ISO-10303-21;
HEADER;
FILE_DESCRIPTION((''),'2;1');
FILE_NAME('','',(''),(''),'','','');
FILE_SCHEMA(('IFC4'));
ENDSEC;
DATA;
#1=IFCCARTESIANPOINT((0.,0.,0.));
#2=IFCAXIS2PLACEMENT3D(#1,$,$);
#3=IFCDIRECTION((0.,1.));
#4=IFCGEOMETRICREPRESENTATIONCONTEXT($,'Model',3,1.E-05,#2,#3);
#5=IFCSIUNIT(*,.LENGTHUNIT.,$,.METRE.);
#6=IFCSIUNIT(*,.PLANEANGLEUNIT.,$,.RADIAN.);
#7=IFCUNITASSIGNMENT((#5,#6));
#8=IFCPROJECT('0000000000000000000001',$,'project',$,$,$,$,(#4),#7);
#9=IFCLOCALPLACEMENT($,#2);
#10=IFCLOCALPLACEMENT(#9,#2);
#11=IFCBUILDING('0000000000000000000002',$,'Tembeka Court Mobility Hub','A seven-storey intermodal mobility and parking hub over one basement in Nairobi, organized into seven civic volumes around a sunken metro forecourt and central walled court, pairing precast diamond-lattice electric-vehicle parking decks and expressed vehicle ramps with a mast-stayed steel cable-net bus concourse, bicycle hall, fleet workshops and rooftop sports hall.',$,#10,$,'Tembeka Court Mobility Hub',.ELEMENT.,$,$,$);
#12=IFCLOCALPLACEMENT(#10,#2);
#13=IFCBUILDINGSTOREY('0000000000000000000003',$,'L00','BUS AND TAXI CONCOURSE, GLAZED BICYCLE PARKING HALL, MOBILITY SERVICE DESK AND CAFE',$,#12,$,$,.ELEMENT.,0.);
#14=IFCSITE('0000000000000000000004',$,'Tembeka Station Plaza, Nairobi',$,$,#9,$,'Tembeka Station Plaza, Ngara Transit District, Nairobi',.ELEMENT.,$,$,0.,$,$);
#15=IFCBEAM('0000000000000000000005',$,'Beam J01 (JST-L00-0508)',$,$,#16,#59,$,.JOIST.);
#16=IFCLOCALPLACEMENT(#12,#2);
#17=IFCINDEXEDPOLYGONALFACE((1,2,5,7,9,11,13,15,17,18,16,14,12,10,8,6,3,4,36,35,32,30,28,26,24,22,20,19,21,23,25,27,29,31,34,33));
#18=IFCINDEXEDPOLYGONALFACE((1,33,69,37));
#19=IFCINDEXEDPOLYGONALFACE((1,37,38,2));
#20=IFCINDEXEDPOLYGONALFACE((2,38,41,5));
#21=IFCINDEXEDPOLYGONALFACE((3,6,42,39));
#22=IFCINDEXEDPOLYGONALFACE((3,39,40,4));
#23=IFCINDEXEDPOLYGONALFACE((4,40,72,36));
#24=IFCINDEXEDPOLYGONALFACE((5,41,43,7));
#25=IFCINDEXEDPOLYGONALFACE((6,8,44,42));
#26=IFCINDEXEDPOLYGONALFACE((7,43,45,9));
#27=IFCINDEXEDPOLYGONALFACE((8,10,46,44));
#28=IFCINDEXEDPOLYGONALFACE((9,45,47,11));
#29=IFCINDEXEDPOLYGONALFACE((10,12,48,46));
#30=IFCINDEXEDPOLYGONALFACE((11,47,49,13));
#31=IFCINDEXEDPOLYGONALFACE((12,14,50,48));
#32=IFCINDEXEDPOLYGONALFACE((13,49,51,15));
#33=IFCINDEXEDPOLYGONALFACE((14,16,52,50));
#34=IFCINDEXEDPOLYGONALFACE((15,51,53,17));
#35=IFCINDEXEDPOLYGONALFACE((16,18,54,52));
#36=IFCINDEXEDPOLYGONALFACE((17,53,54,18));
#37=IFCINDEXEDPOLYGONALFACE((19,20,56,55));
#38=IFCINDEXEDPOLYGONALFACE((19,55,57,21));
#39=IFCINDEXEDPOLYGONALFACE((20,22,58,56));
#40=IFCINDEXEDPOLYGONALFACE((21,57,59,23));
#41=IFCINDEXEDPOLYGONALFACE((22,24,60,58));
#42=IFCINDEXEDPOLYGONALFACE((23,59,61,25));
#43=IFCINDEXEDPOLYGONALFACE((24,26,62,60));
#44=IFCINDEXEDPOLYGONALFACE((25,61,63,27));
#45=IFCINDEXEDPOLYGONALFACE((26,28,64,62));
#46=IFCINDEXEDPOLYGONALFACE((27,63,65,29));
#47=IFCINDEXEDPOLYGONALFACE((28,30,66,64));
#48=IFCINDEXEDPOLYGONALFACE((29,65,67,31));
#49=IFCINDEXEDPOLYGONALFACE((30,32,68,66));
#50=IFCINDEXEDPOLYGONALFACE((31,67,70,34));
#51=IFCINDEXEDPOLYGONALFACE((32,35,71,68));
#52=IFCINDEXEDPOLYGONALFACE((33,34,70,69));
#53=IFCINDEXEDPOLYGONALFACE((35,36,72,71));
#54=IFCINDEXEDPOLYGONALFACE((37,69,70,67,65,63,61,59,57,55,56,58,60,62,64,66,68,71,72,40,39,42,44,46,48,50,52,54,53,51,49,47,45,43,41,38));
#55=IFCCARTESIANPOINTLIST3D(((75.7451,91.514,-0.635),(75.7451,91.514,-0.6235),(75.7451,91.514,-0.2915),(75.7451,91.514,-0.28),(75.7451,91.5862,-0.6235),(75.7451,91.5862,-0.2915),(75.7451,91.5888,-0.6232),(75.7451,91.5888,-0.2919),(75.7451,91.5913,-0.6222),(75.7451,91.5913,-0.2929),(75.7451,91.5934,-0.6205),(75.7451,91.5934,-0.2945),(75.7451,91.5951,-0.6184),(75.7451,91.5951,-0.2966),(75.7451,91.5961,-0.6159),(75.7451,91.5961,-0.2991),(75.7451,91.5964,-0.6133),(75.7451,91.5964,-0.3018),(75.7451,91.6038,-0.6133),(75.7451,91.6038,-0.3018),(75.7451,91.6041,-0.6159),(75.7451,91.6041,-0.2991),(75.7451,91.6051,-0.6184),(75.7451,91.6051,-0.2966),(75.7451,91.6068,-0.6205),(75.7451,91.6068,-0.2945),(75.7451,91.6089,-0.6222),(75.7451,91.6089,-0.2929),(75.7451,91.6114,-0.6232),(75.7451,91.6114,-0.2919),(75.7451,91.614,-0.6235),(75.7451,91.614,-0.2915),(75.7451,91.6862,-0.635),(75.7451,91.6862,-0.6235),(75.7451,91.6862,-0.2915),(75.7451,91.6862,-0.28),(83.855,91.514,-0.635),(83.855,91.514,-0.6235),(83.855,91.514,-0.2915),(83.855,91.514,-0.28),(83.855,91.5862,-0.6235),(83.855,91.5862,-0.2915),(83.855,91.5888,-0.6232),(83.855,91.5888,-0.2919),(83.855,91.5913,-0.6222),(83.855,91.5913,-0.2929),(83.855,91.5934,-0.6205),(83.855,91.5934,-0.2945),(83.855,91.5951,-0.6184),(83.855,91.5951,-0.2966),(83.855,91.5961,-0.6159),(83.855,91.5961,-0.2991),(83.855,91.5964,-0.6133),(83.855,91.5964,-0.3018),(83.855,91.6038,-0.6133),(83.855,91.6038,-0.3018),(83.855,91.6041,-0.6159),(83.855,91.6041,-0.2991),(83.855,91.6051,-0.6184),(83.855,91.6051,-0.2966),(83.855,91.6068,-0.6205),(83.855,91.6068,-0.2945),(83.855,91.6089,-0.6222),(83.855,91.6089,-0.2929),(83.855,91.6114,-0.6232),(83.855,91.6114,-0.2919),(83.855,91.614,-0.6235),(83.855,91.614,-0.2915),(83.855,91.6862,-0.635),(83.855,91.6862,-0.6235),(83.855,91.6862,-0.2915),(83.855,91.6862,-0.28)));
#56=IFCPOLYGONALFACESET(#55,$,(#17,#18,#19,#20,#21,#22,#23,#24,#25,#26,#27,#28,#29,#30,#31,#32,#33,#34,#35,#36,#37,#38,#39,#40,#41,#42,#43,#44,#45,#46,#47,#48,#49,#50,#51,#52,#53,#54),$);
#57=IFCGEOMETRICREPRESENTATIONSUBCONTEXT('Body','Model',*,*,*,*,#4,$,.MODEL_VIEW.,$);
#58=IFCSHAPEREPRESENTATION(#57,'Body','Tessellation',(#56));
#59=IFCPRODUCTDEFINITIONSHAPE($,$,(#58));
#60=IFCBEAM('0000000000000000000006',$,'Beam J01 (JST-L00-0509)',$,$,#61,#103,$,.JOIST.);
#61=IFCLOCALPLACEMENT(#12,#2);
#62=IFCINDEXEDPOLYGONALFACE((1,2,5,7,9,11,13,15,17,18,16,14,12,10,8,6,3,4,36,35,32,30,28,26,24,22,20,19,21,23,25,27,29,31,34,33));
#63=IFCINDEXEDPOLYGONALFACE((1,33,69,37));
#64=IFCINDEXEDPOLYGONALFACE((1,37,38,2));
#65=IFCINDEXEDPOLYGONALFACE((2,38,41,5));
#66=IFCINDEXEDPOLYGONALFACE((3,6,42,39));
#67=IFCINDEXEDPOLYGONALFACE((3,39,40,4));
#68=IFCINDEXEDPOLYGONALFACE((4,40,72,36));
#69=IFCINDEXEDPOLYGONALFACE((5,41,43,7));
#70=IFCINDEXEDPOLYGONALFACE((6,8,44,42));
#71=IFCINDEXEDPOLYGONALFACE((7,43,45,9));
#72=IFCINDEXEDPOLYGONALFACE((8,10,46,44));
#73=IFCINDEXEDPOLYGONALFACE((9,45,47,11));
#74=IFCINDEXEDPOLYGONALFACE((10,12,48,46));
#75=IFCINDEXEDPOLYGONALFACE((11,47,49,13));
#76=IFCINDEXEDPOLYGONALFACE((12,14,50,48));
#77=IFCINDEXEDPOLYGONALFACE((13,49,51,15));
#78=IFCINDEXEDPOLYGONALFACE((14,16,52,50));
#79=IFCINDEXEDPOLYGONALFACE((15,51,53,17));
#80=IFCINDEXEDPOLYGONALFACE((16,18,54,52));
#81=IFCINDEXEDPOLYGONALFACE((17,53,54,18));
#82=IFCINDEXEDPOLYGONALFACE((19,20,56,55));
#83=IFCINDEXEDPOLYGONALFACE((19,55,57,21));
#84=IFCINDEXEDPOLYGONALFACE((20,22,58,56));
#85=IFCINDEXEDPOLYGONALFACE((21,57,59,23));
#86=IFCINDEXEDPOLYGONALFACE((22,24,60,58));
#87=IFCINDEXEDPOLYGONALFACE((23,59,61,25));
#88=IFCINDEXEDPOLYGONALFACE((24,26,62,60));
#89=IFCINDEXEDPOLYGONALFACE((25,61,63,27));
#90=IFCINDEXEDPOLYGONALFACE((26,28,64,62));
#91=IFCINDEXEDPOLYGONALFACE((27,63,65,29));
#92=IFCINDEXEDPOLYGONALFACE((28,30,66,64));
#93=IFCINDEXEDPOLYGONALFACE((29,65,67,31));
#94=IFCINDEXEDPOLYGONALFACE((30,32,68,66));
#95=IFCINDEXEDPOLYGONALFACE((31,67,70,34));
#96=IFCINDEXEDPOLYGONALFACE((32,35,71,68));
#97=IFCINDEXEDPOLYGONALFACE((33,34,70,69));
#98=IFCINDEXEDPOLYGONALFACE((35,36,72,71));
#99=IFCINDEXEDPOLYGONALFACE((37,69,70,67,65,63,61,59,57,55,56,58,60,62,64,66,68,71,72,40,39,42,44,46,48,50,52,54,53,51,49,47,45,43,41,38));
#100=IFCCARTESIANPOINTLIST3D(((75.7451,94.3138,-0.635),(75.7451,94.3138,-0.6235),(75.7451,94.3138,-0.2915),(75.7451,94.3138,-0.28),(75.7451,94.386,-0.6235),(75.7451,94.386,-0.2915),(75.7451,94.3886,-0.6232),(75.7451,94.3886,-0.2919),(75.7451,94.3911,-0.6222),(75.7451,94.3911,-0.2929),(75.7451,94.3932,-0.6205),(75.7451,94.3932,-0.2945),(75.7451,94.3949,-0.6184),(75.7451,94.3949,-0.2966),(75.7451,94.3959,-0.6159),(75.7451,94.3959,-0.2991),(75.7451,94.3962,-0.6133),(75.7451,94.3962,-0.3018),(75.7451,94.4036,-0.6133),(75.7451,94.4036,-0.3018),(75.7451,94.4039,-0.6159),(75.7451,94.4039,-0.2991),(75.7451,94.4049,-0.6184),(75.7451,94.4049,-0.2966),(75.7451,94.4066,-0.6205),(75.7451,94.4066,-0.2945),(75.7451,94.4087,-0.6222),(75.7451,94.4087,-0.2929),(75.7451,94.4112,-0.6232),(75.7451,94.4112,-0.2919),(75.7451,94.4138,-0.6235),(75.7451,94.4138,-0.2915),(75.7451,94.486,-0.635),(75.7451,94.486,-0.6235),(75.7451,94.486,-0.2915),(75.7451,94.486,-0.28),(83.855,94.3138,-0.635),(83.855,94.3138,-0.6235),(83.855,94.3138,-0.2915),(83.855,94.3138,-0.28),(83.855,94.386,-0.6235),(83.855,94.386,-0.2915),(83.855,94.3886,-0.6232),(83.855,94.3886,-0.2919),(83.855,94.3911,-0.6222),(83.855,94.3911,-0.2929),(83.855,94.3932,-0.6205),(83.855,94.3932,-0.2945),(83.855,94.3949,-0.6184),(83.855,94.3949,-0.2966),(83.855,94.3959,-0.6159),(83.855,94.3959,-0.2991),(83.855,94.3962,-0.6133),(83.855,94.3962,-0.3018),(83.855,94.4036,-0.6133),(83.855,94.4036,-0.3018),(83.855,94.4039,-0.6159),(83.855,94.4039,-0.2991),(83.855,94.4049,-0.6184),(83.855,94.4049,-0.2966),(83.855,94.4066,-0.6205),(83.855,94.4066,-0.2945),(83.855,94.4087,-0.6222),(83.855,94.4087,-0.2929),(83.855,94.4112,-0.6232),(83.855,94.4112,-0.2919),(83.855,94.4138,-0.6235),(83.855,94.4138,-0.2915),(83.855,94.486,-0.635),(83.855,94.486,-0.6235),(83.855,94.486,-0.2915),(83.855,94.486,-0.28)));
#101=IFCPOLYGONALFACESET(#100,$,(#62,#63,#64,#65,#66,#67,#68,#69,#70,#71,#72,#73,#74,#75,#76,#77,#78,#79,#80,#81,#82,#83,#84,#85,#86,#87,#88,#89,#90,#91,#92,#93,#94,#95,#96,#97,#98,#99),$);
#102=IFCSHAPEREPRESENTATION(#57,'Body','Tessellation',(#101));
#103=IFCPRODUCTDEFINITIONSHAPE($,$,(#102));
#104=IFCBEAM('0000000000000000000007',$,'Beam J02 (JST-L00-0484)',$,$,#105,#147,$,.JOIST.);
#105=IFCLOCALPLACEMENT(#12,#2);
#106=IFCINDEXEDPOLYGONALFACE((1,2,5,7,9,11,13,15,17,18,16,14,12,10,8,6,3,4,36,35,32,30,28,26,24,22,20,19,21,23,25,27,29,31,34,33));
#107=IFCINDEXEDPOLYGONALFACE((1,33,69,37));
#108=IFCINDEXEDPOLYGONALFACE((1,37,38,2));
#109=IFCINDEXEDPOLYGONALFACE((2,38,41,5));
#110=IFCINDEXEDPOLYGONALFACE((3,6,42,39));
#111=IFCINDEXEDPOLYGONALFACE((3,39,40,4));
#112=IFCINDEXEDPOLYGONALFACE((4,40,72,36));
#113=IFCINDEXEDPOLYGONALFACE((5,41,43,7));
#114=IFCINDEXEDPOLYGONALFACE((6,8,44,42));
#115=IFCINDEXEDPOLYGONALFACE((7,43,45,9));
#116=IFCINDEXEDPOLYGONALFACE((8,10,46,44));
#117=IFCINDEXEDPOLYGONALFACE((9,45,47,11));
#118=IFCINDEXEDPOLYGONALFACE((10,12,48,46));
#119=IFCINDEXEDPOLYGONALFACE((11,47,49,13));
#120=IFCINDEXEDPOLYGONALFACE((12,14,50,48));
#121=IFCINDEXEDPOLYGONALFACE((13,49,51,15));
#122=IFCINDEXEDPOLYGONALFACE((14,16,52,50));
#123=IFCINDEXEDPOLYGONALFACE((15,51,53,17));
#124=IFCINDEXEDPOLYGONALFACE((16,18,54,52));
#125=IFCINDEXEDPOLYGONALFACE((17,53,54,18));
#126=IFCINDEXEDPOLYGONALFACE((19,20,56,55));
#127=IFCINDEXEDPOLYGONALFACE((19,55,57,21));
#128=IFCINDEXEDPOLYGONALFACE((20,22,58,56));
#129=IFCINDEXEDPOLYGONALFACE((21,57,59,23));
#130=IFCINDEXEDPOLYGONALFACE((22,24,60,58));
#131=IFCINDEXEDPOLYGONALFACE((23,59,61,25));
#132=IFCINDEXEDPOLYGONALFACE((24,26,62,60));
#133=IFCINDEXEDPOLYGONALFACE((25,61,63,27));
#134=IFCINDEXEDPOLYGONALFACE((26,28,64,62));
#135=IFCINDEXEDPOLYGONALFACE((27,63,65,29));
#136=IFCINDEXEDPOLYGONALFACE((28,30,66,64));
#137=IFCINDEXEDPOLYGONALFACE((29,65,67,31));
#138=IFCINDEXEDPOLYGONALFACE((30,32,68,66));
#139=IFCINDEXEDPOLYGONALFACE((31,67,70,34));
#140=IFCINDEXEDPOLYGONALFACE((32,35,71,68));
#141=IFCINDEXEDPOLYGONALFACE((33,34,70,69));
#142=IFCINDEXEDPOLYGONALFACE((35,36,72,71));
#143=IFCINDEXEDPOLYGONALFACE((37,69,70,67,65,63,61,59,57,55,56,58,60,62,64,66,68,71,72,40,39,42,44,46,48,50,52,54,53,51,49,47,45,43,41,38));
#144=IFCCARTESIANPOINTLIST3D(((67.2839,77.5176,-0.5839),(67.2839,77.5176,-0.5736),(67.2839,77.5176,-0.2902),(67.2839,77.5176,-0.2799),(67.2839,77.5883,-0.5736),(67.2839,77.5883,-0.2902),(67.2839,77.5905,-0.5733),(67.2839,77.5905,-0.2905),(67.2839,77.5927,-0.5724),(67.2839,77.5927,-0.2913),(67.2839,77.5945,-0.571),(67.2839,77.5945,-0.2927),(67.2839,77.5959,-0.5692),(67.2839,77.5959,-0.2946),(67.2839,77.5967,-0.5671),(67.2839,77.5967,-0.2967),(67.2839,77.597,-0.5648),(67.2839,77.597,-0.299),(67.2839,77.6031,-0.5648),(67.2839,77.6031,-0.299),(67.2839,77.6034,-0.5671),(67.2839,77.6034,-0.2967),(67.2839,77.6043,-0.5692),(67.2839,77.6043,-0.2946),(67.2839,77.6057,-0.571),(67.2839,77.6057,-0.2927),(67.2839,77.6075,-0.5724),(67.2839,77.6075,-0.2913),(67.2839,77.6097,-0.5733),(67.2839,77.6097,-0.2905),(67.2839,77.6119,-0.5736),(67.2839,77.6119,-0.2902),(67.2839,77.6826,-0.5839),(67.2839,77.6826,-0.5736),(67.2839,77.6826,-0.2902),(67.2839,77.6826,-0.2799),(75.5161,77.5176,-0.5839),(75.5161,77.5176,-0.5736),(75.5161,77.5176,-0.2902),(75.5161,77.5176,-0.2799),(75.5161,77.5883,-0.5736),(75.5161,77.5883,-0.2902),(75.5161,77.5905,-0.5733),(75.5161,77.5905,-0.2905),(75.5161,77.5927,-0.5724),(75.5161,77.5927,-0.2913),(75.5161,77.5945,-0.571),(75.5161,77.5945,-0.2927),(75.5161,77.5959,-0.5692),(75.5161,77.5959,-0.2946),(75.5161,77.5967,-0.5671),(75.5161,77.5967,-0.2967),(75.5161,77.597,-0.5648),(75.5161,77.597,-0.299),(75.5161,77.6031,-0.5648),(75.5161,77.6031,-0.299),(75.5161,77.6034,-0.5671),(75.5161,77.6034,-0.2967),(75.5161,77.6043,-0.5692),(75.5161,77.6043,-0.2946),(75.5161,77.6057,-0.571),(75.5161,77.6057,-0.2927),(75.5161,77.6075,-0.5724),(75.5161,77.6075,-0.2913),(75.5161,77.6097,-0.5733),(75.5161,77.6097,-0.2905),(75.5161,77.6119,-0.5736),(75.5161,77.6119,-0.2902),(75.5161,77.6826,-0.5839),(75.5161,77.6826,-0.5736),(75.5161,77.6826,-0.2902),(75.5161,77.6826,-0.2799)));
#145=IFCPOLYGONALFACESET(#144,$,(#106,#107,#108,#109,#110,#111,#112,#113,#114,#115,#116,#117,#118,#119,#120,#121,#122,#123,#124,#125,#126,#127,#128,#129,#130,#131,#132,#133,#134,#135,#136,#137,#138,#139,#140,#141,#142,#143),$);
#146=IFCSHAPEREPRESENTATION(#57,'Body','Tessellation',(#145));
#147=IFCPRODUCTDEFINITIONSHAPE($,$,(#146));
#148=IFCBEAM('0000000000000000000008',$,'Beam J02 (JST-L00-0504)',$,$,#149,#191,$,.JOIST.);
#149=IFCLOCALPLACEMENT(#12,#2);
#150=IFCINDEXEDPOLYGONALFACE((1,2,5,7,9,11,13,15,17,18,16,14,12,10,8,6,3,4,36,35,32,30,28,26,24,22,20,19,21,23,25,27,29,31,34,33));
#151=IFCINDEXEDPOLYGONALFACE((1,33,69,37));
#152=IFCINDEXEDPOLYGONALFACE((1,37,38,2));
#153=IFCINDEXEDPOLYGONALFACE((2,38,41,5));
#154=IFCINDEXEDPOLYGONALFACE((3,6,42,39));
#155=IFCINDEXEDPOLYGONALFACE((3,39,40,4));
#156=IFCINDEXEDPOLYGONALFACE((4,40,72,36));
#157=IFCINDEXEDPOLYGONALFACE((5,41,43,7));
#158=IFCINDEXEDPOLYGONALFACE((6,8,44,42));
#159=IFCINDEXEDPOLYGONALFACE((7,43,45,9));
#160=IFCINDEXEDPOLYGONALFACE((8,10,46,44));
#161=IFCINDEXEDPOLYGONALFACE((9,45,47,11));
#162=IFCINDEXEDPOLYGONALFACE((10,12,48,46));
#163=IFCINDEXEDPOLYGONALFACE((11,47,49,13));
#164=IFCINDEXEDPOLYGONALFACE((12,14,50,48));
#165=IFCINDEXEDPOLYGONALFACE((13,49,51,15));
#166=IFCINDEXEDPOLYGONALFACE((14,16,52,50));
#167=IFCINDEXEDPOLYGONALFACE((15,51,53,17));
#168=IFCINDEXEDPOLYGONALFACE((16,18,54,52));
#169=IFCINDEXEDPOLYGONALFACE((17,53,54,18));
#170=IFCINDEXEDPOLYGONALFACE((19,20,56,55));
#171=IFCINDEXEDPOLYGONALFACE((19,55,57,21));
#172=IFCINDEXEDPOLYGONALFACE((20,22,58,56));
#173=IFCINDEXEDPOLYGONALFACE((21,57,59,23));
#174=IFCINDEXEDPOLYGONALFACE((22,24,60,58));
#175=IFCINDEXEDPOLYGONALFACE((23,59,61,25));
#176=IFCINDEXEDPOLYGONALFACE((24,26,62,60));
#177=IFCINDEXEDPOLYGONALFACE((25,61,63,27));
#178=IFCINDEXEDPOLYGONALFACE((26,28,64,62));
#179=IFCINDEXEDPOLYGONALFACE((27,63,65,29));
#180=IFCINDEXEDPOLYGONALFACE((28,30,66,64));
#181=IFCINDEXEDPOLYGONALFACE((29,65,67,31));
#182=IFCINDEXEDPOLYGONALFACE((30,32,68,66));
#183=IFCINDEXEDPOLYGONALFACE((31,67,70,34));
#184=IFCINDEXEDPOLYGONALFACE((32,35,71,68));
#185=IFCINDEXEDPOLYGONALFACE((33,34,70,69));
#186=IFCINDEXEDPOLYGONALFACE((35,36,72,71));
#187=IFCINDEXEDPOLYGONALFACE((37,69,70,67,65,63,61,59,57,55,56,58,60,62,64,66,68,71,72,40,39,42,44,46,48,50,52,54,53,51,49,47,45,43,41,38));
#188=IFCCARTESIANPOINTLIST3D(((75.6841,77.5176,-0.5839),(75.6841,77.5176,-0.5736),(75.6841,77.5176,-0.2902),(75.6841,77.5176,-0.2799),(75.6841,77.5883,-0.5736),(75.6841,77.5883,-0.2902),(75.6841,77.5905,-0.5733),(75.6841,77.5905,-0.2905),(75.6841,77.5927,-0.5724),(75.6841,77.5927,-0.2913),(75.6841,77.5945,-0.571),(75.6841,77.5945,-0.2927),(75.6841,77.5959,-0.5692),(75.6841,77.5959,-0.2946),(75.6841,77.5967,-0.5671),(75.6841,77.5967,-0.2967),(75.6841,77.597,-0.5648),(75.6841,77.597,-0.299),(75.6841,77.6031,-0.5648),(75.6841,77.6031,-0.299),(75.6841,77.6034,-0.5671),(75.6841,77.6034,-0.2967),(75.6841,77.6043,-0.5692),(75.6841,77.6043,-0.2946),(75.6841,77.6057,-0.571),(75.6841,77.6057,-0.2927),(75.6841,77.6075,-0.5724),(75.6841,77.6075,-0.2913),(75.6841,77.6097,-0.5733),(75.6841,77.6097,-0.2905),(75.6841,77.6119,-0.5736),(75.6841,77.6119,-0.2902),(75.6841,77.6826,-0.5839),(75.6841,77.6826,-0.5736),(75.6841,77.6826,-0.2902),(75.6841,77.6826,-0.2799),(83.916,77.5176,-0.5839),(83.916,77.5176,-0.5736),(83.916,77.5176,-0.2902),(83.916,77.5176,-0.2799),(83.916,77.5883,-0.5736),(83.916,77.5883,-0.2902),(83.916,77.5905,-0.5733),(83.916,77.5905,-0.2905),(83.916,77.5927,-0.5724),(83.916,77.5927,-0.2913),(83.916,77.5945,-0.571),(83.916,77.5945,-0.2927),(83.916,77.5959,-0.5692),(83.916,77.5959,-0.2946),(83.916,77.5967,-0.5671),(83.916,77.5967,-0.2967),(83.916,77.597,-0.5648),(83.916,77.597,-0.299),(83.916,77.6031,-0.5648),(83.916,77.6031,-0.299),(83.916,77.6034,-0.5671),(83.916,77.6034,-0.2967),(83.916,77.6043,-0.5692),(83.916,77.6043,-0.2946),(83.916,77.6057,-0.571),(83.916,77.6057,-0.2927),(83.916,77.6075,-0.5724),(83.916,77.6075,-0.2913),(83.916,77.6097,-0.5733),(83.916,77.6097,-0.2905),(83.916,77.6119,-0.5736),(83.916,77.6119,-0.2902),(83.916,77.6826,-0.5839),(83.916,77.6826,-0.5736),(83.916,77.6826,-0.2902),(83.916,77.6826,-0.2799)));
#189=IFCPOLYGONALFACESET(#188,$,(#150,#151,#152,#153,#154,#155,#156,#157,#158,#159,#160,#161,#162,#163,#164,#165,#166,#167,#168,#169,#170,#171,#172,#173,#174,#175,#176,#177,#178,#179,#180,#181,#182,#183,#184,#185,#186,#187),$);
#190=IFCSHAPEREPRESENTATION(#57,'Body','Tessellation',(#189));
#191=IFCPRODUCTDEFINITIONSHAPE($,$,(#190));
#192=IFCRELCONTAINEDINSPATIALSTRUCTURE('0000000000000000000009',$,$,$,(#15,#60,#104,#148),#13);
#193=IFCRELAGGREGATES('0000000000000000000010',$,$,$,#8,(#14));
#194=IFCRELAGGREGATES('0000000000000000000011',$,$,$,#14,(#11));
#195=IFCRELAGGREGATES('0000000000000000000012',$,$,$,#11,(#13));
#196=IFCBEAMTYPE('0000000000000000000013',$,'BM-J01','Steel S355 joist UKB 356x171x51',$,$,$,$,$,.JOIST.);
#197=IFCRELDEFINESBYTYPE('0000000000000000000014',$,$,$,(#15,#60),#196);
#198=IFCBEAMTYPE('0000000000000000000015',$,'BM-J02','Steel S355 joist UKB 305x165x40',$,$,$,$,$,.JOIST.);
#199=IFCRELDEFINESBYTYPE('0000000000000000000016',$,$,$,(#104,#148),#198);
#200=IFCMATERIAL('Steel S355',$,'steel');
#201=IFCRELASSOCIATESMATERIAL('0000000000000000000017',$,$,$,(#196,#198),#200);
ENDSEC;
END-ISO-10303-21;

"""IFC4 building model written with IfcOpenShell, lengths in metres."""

from ifc_helpers import new_model, si_unit, direction, frame, origin, origin_2d, place, context, subcontext, project, spatial, i_section, extrude, material, material_profile, profile_set, type_object, element, save


model = new_model("IFC4")

# Units and contexts
model_context = context("Model", 3, precision=1e-05, world=origin(), true_north=direction((0.0, 1.0)))
body_context = subcontext(model_context, "Body", "Model", "MODEL_VIEW")
ifc_project = project(units=[si_unit("LENGTHUNIT", "METRE"), si_unit("PLANEANGLEUNIT", "RADIAN")], contexts=[model_context])

# Site, building, storey
site_placement = place(None, origin())
site = spatial("IfcSite", under=ifc_project, at=site_placement, Name="Tembeka Station Plaza, Nairobi", LongName="Tembeka Station Plaza, Ngara Transit District, Nairobi", CompositionType="ELEMENT", RefElevation=0.0)
building_placement = place(site_placement, origin())
building = spatial("IfcBuilding", under=site, at=building_placement, Name="Tembeka Court Mobility Hub", Description="A seven-storey intermodal mobility and parking hub over one basement in Nairobi, organized into seven civic volumes around a sunken metro forecourt and central walled court, pairing precast diamond-lattice electric-vehicle parking decks and expressed vehicle ramps with a mast-stayed steel cable-net bus concourse, bicycle hall, fleet workshops and rooftop sports hall.", LongName="Tembeka Court Mobility Hub", CompositionType="ELEMENT")
storey_placement = place(building_placement, origin())
storey = spatial("IfcBuildingStorey", under=building, at=storey_placement, Name="L00", Description="BUS AND TAXI CONCOURSE, GLAZED BICYCLE PARKING HALL, MOBILITY SERVICE DESK AND CAFE", CompositionType="ELEMENT", Elevation=0.0)

# Shared definitions
ifc_material_1 = material(Name="Steel S355", Category="steel")

# Beams
ifc_material_profile_1 = material_profile(ifc_material_1, i_section(OverallWidth=0.1721, OverallDepth=0.355, WebThickness=0.0073, FlangeThickness=0.0115, FilletRadius=0.0103, at=origin_2d()), Name="UKB 356x171x51")
ifc_profile_set_1 = profile_set([ifc_material_profile_1], Name="Steel S355")
beam_type_1 = type_object("IfcBeamType", Name="BM-J01", Description="Steel S355 joist UKB 356x171x51", PredefinedType="JOIST", material=ifc_profile_set_1)
for number, where, z_axis, x_axis, name in (
    (1, (75.7451, 91.6001, -0.4575), (1.0, 0.0, 0.0), (0.0, 1.0, 0.0), "Beam J01 (JST-L00-0508)"),
    (2, (75.7451, 94.3999, -0.4575), (1.0, 0.0, 0.0), (0.0, 1.0, 0.0), "Beam J01 (JST-L00-0509)"),
):
    element("IfcBeam", number, at=place(storey_placement, frame(where, z_axis=z_axis, x_axis=x_axis)), inside=storey, type_object=beam_type_1, Name=name, PredefinedType="JOIST", context=body_context, shape_type="SweptSolid", body=[
        extrude(i_section(OverallWidth=0.1721, OverallDepth=0.355, WebThickness=0.0073, FlangeThickness=0.0115, FilletRadius=0.0103, at=origin_2d()), origin(), (0.0, 0.0, 1.0), 8.1099),
    ])
ifc_material_profile_2 = material_profile(ifc_material_1, i_section(OverallWidth=0.165, OverallDepth=0.304, WebThickness=0.0061, FlangeThickness=0.0103, FilletRadius=0.0088, at=origin_2d()), Name="UKB 305x165x40")
ifc_profile_set_2 = profile_set([ifc_material_profile_2], Name="Steel S355")
beam_type_2 = type_object("IfcBeamType", Name="BM-J02", Description="Steel S355 joist UKB 305x165x40", PredefinedType="JOIST", material=ifc_profile_set_2)
beam_1_placement = place(storey_placement, frame((67.2839, 77.6001, -0.4319), z_axis=(1.0, 0.0, 0.0), x_axis=(0.0, 1.0, 0.0)))
element("IfcBeam", 3, at=beam_1_placement, inside=storey, type_object=beam_type_2, Name="Beam J02 (JST-L00-0484)", PredefinedType="JOIST", context=body_context, shape_type="SweptSolid", body=[
    extrude(i_section(OverallWidth=0.165, OverallDepth=0.304, WebThickness=0.0061, FlangeThickness=0.0103, FilletRadius=0.0088, at=origin_2d()), origin(), (0.0, 0.0, 1.0), 8.2322),
])
beam_2_placement = place(storey_placement, frame((75.6841, 77.6001, -0.4319), z_axis=(1.0, 0.0, 0.0), x_axis=(0.0, 1.0, 0.0)))
element("IfcBeam", 4, at=beam_2_placement, inside=storey, type_object=beam_type_2, Name="Beam J02 (JST-L00-0504)", PredefinedType="JOIST", context=body_context, shape_type="SweptSolid", body=[
    extrude(i_section(OverallWidth=0.165, OverallDepth=0.304, WebThickness=0.0061, FlangeThickness=0.0103, FilletRadius=0.0088, at=origin_2d()), origin(), (0.0, 0.0, 1.0), 8.2319),
])

save(model, "model.ifc")
